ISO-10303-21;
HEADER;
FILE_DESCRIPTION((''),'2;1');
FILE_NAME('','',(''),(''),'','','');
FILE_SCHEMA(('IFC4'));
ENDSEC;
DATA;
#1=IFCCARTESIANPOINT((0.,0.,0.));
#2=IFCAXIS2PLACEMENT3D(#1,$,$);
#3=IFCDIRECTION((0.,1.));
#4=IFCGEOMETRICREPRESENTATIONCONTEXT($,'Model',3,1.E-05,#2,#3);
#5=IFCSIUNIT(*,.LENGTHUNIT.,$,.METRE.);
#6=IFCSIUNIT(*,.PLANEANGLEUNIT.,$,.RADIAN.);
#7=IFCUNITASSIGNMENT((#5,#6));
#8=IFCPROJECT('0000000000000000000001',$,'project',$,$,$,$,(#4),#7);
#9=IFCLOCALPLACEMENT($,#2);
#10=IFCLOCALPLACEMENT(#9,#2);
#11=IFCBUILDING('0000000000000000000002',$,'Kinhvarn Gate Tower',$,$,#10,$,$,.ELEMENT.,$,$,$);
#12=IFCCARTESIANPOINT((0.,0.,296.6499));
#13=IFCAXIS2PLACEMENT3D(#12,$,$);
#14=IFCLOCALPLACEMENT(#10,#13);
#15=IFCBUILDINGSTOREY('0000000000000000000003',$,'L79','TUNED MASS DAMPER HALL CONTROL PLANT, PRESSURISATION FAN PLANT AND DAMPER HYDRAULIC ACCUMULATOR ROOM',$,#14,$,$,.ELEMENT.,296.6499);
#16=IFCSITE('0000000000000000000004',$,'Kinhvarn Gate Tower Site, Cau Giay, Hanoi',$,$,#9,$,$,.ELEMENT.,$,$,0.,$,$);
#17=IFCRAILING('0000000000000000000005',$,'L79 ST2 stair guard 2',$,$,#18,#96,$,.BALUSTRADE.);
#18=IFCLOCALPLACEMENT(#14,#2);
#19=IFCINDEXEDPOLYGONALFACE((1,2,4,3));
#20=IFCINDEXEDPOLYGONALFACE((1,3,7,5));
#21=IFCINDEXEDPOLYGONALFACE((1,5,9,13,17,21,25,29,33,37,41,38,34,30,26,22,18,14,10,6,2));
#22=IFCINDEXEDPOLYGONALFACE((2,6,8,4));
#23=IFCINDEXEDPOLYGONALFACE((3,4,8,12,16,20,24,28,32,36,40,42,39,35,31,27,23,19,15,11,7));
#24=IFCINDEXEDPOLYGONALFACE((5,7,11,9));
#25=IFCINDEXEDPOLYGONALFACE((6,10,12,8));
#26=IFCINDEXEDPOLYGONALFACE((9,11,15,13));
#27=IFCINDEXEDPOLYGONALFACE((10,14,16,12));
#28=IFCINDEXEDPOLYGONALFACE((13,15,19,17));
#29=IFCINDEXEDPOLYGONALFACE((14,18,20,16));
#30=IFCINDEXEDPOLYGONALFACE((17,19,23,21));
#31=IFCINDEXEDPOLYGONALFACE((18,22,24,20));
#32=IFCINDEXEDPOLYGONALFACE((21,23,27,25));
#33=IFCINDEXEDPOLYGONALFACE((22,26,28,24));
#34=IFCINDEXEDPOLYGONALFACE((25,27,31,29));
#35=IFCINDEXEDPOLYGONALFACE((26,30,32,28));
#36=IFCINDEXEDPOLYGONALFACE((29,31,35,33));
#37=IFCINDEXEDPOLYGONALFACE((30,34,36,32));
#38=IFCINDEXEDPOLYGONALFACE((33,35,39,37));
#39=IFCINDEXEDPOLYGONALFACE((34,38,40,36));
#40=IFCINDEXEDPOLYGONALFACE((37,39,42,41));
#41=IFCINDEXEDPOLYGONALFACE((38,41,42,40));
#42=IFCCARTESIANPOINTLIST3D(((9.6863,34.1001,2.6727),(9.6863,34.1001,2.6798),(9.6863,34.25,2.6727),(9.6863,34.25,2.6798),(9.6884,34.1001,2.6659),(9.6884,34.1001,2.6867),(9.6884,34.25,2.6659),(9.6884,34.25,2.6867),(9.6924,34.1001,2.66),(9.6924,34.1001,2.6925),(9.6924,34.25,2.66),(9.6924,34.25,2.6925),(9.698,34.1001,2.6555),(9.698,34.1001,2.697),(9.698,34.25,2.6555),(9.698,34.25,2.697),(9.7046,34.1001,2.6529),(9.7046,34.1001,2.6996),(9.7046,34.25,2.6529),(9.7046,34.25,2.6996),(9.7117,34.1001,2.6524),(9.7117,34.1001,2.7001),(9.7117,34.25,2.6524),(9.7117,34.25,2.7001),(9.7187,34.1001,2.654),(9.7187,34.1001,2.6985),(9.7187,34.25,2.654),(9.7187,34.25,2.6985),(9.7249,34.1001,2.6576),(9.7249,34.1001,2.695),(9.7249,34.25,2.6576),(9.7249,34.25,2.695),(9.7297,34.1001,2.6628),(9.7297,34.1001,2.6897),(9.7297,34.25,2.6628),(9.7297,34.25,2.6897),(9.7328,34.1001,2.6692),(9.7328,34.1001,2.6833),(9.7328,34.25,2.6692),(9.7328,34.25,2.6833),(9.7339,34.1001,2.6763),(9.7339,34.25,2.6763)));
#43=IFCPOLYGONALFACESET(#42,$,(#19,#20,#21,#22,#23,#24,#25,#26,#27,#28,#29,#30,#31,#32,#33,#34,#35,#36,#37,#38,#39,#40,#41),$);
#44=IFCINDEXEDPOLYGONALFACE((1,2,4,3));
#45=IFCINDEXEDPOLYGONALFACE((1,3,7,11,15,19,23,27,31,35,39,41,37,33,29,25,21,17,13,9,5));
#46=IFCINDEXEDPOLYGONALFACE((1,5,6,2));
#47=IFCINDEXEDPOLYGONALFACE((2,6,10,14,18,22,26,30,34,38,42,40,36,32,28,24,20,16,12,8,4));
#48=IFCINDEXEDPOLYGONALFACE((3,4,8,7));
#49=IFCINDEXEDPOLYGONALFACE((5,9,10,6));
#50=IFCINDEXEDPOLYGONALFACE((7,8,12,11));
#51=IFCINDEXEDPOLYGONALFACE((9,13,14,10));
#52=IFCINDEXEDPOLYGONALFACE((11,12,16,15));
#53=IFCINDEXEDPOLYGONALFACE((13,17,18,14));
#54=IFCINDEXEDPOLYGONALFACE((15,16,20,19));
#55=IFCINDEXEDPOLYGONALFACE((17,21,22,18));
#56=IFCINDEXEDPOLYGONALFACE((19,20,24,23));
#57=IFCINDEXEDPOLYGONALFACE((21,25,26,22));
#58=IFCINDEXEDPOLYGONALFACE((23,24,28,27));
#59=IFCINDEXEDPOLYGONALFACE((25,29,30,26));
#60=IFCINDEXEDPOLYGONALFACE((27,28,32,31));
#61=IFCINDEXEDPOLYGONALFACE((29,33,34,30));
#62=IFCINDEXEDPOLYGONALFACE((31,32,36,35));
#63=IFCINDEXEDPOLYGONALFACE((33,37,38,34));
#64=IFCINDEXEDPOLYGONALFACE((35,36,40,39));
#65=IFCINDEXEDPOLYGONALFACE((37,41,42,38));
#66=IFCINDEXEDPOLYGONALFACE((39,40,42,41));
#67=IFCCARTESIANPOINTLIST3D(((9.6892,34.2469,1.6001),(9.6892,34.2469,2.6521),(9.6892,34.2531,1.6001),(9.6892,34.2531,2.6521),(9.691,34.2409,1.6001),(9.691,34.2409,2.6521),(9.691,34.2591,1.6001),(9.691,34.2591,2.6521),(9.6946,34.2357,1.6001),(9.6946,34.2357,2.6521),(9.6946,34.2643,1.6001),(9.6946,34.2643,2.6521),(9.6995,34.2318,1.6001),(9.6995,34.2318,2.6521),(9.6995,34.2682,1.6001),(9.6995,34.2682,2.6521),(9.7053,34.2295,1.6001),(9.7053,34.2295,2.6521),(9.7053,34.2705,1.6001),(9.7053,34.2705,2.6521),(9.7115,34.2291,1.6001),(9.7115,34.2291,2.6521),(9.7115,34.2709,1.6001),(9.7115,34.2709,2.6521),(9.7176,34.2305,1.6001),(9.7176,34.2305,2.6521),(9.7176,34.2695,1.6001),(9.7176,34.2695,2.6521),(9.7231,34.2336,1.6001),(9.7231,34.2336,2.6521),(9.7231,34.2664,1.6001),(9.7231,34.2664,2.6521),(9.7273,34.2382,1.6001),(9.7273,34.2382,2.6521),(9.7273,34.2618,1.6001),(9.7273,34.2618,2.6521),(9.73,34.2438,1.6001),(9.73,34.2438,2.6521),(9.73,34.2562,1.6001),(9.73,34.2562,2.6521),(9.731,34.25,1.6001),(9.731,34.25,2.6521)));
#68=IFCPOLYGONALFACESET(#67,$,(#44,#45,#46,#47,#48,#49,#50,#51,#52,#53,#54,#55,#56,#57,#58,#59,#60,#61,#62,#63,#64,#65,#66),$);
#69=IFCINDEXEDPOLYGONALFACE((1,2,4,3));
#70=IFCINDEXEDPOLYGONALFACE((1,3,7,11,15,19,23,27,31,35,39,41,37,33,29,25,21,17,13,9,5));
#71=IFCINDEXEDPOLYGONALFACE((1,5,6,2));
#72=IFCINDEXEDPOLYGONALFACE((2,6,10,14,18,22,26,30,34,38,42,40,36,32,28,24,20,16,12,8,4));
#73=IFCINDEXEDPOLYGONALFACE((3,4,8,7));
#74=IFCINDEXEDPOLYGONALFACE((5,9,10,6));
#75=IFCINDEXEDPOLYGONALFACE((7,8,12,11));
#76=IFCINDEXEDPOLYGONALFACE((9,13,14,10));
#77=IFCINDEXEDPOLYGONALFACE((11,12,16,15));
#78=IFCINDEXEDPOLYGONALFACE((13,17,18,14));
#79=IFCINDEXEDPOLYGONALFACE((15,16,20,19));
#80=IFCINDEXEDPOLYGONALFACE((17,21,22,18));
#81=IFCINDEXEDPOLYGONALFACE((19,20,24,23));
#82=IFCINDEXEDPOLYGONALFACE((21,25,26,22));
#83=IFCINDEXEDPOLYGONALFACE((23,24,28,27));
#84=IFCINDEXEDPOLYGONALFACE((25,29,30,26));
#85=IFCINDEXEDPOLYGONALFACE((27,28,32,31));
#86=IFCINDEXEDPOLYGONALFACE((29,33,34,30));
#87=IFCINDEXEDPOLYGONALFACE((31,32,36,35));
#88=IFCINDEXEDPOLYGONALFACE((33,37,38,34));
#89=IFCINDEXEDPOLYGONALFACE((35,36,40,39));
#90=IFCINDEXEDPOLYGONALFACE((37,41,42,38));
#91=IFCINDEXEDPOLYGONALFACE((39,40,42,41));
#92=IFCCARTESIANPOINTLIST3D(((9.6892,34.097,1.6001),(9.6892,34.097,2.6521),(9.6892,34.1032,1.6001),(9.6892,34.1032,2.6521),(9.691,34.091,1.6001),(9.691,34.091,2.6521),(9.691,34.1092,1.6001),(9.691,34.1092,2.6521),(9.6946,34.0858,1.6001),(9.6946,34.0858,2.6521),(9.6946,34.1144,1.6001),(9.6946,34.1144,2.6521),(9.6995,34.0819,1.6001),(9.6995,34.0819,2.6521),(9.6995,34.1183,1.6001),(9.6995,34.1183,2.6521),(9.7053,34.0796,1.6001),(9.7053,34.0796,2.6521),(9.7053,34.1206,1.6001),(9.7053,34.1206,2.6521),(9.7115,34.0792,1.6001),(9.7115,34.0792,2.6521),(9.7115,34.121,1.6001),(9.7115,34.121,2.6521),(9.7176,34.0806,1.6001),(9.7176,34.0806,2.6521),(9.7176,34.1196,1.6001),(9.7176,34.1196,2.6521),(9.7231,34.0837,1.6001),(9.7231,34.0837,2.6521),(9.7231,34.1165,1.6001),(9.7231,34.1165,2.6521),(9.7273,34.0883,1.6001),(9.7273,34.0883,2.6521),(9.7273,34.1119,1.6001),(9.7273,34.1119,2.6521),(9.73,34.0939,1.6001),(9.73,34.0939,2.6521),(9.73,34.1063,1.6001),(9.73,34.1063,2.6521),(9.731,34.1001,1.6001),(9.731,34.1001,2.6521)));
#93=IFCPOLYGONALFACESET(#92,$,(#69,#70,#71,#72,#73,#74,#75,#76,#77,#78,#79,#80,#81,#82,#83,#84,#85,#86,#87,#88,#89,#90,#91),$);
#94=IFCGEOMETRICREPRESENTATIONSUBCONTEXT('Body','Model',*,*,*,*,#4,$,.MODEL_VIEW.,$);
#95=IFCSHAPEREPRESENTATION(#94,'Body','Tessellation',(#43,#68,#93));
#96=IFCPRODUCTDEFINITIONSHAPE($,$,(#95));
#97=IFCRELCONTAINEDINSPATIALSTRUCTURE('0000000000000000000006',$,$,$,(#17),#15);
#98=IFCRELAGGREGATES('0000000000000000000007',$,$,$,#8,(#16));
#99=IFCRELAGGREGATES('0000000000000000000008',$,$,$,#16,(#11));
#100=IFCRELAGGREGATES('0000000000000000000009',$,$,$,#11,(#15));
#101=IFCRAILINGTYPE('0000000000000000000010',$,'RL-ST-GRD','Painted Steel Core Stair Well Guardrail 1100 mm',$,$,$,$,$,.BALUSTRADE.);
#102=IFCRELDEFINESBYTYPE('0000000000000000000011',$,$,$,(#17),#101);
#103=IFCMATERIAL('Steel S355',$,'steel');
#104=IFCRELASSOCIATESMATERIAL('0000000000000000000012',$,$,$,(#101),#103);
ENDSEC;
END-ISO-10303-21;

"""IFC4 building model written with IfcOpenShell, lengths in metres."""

from ifc_helpers import new_model, si_unit, direction, frame, origin, origin_2d, place, context, subcontext, project, spatial, circle, extrude, material, type_object, element, save


model = new_model("IFC4")

# Units and contexts
model_context = context("Model", 3, precision=1e-05, world=origin(), true_north=direction((0.0, 1.0)))
body_context = subcontext(model_context, "Body", "Model", "MODEL_VIEW")
ifc_project = project(units=[si_unit("LENGTHUNIT", "METRE"), si_unit("PLANEANGLEUNIT", "RADIAN")], contexts=[model_context])

# Site, building, storey
site_placement = place(None, origin())
site = spatial("IfcSite", under=ifc_project, at=site_placement, Name="Kinhvarn Gate Tower Site, Cau Giay, Hanoi", CompositionType="ELEMENT", RefElevation=0.0)
building_placement = place(site_placement, origin())
building = spatial("IfcBuilding", under=site, at=building_placement, Name="Kinhvarn Gate Tower", CompositionType="ELEMENT")
storey_placement = place(building_placement, frame((0.0, 0.0, 296.6499)))
storey = spatial("IfcBuildingStorey", under=building, at=storey_placement, Name="L79", Description="TUNED MASS DAMPER HALL CONTROL PLANT, PRESSURISATION FAN PLANT AND DAMPER HYDRAULIC ACCUMULATOR ROOM", CompositionType="ELEMENT", Elevation=296.6499)

# Shared definitions
ifc_material_1 = material(Name="Steel S355", Category="steel")

# Railing
railing_type = type_object("IfcRailingType", Name="RL-ST-GRD", Description="Painted Steel Core Stair Well Guardrail 1100 mm", PredefinedType="BALUSTRADE", material=ifc_material_1)
railing_1_placement = place(storey_placement, frame((9.71, 34.25, 1.6001)))
element("IfcRailing", 1, at=railing_1_placement, inside=storey, type_object=railing_type, Name="L79 ST2 stair guard 2", PredefinedType="BALUSTRADE", context=body_context, shape_type="SweptSolid", body=[
    extrude(circle(Radius=0.0239, at=origin_2d()), frame((0.0, 0.0, 1.0762), z_axis=(0.0, -1.0, 0.0), x_axis=(1.0, 0.0, 0.0)), (0.0, 0.0, 1.0), 0.1499),
    extrude(circle(Radius=0.021, at=origin_2d()), origin(), (0.0, 0.0, 1.0), 1.052),
    extrude(circle(Radius=0.021, at=origin_2d()), frame((0.0, -0.1499, 0.0)), (0.0, 0.0, 1.0), 1.052),
])

save(model, "model.ifc")
